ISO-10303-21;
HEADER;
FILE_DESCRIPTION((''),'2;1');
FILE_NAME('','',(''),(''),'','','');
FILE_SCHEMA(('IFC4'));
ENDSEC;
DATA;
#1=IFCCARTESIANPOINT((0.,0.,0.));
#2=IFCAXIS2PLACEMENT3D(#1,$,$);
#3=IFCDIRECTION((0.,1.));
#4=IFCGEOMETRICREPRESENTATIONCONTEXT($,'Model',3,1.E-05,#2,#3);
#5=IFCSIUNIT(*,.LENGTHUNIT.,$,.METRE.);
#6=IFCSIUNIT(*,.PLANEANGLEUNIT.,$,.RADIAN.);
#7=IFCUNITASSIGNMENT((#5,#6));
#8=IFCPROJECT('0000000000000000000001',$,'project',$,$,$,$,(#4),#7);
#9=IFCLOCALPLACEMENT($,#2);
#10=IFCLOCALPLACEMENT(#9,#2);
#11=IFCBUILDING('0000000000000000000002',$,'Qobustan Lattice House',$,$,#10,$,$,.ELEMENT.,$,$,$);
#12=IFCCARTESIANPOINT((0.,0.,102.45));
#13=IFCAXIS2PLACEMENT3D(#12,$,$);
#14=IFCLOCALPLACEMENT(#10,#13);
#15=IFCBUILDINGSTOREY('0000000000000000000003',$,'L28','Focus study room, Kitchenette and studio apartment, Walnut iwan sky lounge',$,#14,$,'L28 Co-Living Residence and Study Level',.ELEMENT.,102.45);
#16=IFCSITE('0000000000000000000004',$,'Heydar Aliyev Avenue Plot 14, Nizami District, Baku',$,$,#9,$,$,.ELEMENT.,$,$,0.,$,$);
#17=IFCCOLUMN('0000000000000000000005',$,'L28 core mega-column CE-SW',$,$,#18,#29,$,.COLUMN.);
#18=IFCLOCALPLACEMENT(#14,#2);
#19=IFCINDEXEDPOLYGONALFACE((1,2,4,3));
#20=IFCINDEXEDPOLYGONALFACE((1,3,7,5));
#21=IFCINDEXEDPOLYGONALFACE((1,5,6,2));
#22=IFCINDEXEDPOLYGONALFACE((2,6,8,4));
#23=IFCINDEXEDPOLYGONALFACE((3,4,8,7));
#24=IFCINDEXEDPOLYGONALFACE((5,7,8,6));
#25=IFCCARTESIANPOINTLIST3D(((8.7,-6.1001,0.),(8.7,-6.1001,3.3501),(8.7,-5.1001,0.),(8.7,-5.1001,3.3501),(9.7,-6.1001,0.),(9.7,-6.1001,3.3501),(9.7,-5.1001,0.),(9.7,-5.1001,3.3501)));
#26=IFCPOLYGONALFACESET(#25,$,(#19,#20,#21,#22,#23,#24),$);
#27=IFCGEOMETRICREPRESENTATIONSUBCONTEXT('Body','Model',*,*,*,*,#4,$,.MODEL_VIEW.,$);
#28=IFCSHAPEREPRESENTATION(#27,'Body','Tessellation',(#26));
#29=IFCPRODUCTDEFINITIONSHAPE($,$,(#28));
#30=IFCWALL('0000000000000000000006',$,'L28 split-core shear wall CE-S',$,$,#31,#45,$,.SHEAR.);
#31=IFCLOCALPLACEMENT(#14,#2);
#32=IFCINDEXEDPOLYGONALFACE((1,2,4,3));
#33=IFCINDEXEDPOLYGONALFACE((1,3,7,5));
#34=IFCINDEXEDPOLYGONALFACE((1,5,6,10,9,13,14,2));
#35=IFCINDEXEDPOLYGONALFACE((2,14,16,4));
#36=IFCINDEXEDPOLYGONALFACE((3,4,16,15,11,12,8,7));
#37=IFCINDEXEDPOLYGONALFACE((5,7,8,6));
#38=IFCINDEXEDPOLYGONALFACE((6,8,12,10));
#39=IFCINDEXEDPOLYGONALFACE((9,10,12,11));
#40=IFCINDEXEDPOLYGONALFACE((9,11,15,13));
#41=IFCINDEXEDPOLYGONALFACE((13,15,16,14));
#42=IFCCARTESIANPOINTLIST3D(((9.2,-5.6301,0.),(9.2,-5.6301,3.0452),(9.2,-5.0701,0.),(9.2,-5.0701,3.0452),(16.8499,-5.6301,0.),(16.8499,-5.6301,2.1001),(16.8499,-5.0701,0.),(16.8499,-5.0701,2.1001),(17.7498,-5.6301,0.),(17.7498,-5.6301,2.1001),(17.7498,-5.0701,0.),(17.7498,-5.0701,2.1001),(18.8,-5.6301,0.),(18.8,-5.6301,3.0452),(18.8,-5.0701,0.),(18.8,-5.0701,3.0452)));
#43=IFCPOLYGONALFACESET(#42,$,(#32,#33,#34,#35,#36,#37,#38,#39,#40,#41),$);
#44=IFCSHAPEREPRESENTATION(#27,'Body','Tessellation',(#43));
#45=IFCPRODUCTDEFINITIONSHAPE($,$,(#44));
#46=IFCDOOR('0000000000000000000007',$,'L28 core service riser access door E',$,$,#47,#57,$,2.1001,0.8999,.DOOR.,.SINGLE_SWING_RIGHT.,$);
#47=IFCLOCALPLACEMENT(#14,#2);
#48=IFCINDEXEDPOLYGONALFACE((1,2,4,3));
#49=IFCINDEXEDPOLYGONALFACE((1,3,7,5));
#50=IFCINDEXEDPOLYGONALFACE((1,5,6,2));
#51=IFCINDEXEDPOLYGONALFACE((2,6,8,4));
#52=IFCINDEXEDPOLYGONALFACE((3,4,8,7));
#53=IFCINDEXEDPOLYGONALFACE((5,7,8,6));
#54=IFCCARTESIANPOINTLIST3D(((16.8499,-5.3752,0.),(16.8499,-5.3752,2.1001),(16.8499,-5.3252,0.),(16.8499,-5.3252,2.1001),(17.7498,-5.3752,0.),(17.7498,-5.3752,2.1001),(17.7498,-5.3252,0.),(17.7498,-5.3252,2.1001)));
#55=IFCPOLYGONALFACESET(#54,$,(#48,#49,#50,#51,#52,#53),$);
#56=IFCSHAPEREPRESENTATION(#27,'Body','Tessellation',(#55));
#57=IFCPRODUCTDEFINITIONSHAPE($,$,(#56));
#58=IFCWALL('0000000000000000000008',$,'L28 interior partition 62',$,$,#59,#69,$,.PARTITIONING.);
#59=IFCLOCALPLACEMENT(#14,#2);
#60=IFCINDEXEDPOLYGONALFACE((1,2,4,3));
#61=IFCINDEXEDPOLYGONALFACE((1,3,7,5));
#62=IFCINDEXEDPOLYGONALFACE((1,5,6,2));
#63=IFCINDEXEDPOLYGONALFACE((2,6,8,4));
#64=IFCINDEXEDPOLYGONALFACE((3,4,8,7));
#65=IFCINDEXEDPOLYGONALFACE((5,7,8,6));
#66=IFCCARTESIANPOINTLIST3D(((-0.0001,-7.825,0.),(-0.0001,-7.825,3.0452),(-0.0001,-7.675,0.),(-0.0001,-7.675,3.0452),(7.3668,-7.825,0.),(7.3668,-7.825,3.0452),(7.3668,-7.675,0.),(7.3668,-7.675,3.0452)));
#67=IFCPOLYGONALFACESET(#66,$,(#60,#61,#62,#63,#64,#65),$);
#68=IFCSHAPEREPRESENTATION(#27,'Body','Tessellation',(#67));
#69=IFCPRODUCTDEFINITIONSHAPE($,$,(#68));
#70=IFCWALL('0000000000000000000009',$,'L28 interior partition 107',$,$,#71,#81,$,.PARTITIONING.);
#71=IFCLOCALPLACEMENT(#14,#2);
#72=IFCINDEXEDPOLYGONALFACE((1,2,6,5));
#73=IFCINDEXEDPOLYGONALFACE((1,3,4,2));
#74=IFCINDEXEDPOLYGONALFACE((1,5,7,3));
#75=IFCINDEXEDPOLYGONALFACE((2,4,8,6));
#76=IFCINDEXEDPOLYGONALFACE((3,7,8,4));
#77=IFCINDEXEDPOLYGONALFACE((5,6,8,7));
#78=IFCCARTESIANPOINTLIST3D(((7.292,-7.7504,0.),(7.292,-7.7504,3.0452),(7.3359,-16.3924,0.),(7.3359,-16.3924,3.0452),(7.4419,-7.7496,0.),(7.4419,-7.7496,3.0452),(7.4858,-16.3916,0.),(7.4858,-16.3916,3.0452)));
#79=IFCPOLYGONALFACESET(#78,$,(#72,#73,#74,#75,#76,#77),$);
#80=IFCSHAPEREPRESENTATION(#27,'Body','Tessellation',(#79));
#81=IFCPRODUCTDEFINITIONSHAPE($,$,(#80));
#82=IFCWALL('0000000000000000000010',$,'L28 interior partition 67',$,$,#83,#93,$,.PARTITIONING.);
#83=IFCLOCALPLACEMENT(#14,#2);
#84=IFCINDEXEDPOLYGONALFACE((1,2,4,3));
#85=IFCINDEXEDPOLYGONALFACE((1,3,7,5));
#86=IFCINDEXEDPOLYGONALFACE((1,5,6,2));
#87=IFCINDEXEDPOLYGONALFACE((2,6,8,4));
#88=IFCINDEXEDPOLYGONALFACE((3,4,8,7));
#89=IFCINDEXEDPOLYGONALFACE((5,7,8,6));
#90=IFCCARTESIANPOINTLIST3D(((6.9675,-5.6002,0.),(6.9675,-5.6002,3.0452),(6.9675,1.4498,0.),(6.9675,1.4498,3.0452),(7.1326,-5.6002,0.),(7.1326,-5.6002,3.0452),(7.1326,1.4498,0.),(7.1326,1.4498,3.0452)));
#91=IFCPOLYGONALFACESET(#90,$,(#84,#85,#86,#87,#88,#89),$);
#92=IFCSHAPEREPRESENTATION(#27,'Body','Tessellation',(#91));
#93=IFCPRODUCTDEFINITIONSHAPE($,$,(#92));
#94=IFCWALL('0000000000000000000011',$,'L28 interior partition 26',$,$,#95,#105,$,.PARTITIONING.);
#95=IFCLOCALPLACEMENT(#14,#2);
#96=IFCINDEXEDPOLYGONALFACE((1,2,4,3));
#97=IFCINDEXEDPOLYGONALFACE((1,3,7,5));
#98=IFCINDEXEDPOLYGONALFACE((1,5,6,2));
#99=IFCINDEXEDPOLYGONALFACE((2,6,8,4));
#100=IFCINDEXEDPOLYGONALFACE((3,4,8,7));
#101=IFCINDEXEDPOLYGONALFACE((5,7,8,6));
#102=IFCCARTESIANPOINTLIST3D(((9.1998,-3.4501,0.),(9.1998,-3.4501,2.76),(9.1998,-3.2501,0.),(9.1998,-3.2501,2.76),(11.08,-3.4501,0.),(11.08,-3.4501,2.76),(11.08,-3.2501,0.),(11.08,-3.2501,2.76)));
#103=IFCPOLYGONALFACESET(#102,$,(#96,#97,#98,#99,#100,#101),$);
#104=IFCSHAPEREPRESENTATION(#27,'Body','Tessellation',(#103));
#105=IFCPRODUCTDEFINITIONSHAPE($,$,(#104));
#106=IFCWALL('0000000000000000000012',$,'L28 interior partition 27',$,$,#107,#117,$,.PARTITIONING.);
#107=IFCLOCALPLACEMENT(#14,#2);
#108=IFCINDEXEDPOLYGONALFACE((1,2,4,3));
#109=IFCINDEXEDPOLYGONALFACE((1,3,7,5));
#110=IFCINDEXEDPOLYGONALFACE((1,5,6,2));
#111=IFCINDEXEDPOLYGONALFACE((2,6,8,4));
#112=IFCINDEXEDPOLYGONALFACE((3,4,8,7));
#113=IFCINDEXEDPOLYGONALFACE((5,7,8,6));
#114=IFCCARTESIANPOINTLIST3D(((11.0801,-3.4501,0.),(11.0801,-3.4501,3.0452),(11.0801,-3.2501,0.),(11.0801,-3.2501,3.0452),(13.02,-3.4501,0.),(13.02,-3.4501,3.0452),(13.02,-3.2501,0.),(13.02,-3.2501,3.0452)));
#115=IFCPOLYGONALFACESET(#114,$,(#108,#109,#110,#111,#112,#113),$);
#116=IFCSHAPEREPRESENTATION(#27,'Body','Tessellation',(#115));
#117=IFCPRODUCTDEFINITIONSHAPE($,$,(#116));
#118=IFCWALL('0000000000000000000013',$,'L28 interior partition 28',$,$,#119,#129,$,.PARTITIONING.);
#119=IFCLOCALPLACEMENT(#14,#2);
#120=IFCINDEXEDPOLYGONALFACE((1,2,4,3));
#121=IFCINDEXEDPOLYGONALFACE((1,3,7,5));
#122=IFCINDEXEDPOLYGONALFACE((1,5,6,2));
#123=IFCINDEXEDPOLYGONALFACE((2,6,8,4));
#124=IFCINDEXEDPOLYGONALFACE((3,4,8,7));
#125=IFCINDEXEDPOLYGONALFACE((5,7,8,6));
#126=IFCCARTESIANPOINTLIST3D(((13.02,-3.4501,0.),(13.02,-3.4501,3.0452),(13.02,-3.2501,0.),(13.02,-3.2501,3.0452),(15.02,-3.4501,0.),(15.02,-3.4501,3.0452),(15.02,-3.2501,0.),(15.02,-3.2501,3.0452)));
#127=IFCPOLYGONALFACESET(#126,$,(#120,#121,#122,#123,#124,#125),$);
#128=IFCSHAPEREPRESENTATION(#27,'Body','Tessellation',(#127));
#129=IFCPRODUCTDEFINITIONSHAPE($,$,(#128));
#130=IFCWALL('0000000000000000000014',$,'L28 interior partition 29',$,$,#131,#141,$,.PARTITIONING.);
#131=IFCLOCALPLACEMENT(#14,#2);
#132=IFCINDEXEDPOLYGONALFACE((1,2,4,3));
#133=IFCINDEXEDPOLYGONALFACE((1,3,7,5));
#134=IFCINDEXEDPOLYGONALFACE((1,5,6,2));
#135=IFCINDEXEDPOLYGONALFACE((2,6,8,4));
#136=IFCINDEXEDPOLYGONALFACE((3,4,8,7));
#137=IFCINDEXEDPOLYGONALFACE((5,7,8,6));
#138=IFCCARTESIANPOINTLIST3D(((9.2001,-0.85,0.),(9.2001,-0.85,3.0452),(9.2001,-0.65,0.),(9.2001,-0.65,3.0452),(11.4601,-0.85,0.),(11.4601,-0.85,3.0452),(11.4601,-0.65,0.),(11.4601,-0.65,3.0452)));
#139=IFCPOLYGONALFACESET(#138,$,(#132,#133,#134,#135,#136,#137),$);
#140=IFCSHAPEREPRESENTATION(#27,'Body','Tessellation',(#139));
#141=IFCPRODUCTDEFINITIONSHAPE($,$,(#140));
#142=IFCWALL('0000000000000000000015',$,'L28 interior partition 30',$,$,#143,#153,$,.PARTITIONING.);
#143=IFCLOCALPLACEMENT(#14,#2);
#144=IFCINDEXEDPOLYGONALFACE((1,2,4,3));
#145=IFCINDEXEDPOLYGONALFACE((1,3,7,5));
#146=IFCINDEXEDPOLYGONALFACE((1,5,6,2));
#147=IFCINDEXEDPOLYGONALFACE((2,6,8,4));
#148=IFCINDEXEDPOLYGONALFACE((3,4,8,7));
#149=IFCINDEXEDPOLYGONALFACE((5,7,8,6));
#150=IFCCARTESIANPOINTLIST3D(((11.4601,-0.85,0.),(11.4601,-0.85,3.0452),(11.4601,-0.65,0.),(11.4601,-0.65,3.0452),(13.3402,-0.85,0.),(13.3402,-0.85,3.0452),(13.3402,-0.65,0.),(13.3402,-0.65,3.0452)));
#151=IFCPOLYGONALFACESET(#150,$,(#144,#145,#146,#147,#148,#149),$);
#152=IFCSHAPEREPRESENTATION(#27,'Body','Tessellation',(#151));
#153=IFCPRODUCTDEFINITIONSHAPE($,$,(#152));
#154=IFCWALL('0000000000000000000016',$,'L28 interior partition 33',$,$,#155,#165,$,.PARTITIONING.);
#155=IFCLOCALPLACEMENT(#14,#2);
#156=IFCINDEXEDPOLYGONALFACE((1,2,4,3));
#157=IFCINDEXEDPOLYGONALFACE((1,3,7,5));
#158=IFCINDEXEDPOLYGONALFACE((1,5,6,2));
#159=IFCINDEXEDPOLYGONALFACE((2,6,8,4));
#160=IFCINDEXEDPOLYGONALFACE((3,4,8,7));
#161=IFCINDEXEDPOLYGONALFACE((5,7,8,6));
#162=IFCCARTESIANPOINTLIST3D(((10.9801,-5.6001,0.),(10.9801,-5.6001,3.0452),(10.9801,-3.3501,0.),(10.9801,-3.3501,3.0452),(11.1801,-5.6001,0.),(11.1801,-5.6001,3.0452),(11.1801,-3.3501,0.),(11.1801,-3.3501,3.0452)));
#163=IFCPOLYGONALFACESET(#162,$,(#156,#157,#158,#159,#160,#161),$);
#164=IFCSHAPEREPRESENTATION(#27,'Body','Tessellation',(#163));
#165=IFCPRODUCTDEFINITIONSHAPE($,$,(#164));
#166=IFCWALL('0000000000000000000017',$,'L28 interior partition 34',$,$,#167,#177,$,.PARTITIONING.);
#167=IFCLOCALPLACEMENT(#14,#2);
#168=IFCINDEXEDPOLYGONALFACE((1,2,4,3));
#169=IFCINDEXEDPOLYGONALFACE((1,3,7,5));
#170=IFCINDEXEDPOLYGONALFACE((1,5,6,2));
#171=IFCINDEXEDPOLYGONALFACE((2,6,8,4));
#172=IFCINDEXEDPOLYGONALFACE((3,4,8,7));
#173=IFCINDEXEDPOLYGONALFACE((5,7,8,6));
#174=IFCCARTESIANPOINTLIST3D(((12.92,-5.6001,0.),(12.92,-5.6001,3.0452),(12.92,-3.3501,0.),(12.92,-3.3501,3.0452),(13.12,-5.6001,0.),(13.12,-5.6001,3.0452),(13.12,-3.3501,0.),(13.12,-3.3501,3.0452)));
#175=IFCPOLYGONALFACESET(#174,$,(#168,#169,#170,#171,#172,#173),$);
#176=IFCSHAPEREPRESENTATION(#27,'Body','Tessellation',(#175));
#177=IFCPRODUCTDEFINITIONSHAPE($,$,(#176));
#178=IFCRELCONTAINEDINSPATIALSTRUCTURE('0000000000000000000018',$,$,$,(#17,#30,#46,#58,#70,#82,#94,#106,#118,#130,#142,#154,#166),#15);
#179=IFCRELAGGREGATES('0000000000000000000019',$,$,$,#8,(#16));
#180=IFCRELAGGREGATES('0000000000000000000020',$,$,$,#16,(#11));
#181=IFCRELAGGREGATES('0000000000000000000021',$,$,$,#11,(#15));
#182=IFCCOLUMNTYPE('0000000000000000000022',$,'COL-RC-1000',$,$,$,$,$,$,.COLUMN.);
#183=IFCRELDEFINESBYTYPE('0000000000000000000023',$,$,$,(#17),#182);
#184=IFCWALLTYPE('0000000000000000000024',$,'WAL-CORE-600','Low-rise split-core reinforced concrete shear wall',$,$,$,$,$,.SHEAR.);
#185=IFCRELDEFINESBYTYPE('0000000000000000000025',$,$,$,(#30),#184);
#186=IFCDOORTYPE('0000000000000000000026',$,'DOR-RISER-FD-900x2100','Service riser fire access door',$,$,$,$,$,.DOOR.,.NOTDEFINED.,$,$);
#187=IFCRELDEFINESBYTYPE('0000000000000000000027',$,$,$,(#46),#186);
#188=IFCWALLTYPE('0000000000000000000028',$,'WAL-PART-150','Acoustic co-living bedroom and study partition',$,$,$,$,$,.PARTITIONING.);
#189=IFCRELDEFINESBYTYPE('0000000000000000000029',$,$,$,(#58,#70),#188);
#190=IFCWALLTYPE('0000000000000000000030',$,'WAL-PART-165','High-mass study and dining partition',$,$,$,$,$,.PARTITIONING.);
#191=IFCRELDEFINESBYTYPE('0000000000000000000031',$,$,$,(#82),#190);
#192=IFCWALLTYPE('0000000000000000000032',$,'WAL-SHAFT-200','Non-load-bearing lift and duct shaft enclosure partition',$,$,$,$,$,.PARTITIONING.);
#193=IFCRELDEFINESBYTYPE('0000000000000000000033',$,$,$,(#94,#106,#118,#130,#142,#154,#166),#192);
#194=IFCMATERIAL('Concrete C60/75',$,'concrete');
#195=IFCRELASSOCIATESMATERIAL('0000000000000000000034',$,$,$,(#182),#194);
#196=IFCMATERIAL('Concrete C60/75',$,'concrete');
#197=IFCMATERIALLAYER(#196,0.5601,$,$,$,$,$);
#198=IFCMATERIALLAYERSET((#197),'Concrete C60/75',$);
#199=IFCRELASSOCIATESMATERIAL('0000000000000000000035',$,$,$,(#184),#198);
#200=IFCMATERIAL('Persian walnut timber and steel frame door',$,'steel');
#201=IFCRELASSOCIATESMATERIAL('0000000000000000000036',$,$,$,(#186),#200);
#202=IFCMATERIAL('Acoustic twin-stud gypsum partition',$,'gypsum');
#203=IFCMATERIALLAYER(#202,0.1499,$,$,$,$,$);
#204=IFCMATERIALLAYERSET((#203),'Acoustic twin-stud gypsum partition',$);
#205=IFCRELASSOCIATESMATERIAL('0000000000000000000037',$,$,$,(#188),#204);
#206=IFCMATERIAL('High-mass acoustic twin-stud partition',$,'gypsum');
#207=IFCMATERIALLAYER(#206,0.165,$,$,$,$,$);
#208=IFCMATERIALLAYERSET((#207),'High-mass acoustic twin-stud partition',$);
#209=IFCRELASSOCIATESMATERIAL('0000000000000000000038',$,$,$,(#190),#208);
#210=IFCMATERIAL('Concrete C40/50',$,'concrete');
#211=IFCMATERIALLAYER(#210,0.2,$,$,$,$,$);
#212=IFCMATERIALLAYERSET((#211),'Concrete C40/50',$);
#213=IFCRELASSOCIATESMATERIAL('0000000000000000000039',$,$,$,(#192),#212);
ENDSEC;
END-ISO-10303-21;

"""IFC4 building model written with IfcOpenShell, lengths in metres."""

from ifc_helpers import new_model, si_unit, direction, frame, frame_2d, origin, origin_2d, place, context, subcontext, project, spatial, rectangle, extrude, material, layer, layer_set, material_profile, profile_set, type_object, element, fill, save


model = new_model("IFC4")

# Units and contexts
model_context = context("Model", 3, precision=1e-05, world=origin(), true_north=direction((0.0, 1.0)))
body_context = subcontext(model_context, "Body", "Model", "MODEL_VIEW")
ifc_project = project(units=[si_unit("LENGTHUNIT", "METRE"), si_unit("PLANEANGLEUNIT", "RADIAN")], contexts=[model_context])

# Site, building, storey
site_placement = place(None, origin())
site = spatial("IfcSite", under=ifc_project, at=site_placement, Name="Heydar Aliyev Avenue Plot 14, Nizami District, Baku", CompositionType="ELEMENT", RefElevation=0.0)
building_placement = place(site_placement, origin())
building = spatial("IfcBuilding", under=site, at=building_placement, Name="Qobustan Lattice House", CompositionType="ELEMENT")
storey_placement = place(building_placement, frame((0.0, 0.0, 102.45)))
storey = spatial("IfcBuildingStorey", under=building, at=storey_placement, Name="L28", Description="Focus study room, Kitchenette and studio apartment, Walnut iwan sky lounge", LongName="L28 Co-Living Residence and Study Level", CompositionType="ELEMENT", Elevation=102.45)

# Column
ifc_material_1 = material(Name="Concrete C60/75", Category="concrete")
ifc_material_profile = material_profile(ifc_material_1, rectangle(XDim=1.0, YDim=1.0, at=origin_2d()), Name="RC1000x1000")
ifc_profile_set = profile_set([ifc_material_profile], Name="Concrete C60/75")
column_type = type_object("IfcColumnType", Name="COL-RC-1000", PredefinedType="COLUMN", material=ifc_profile_set)
column_placement = place(storey_placement, frame((9.2, -5.6001, 0.0), z_axis=(0.0, 0.0, 1.0), x_axis=(1.0, 0.0, 0.0)))
element("IfcColumn", 1, at=column_placement, inside=storey, type_object=column_type, Name="L28 core mega-column CE-SW", PredefinedType="COLUMN", context=body_context, shape_type="SweptSolid", body=[
    extrude(rectangle(XDim=1.0, YDim=1.0, at=origin_2d()), origin(), (0.0, 0.0, 1.0), 3.3501),
])

# Wall, opening, door
ifc_material_2 = material(Name="Concrete C60/75", Category="concrete")
ifc_layer_1 = layer(ifc_material_2, 0.5601)
ifc_layer_set_1 = layer_set([ifc_layer_1], Name="Concrete C60/75")
wall_type_1 = type_object("IfcWallType", Name="WAL-CORE-600", Description="Low-rise split-core reinforced concrete shear wall", PredefinedType="SHEAR", material=ifc_layer_set_1)
wall_1_placement = place(storey_placement, frame((9.2, -5.3501, 0.0), z_axis=(0.0, 0.0, 1.0), x_axis=(1.0, 0.0, 0.0)))
wall_1 = element("IfcWall", 2, at=wall_1_placement, inside=storey, type_object=wall_type_1, Name="L28 split-core shear wall CE-S", PredefinedType="SHEAR", context=body_context, shape_type="SweptSolid", body=[
    extrude(rectangle(XDim=9.6001, YDim=0.5601, at=frame_2d((4.8, 0.0))), origin(), (0.0, 0.0, 1.0), 3.0452),
])
opening_1_placement = place(wall_1_placement, frame((7.6499, 0.0, 0.0)))
opening_1 = element("IfcOpeningElement", 3, at=opening_1_placement, cuts=wall_1, PredefinedType="OPENING", context=body_context, shape_type="SweptSolid", body=[
    extrude(rectangle(XDim=0.8999, YDim=2.1001, at=frame_2d((0.45, 1.05))), frame((0.0, 0.29, 0.0), z_axis=(0.0, -1.0, 0.0), x_axis=(1.0, 0.0, 0.0)), (0.0, 0.0, 1.0), 0.5801),
])
ifc_material_3 = material(Name="Persian walnut timber and steel frame door", Category="steel")
door_type_1 = type_object("IfcDoorType", Name="DOR-RISER-FD-900x2100", Description="Service riser fire access door", OperationType="NOTDEFINED", PredefinedType="DOOR", material=ifc_material_3)
door_1_placement = place(opening_1_placement, origin())
door_1 = element("IfcDoor", 4, at=door_1_placement, inside=storey, type_object=door_type_1, Name="L28 core service riser access door E", OperationType="SINGLE_SWING_RIGHT", OverallHeight=2.1001, OverallWidth=0.8999, PredefinedType="DOOR", context=body_context, shape_type="SweptSolid", body=[
    extrude(rectangle(XDim=0.8999, YDim=2.1001, at=frame_2d((0.45, 1.05))), frame((0.0, 0.0249, 0.0), z_axis=(0.0, -1.0, 0.0), x_axis=(1.0, 0.0, 0.0)), (0.0, 0.0, 1.0), 0.05),
])
fill(opening_1, door_1)

# Walls
ifc_material_4 = material(Name="Acoustic twin-stud gypsum partition", Category="gypsum")
ifc_layer_2 = layer(ifc_material_4, 0.1499)
ifc_layer_set_2 = layer_set([ifc_layer_2], Name="Acoustic twin-stud gypsum partition")
wall_type_2 = type_object("IfcWallType", Name="WAL-PART-150", Description="Acoustic co-living bedroom and study partition", PredefinedType="PARTITIONING", material=ifc_layer_set_2)
wall_2_placement = place(storey_placement, frame((7.3669, -7.75, 0.0), z_axis=(0.0, 0.0, 1.0), x_axis=(-1.0, 0.0, 0.0)))
element("IfcWall", 5, at=wall_2_placement, inside=storey, type_object=wall_type_2, Name="L28 interior partition 62", PredefinedType="PARTITIONING", context=body_context, shape_type="SweptSolid", body=[
    extrude(rectangle(XDim=7.3669, YDim=0.1499, at=frame_2d((3.6836, 0.0))), origin(), (0.0, 0.0, 1.0), 3.0452),
])
wall_3_placement = place(storey_placement, frame((7.3669, -7.75, 0.0), z_axis=(0.0, 0.0, 1.0), x_axis=(0.005085, -0.999987, 0.0)))
element("IfcWall", 6, at=wall_3_placement, inside=storey, type_object=wall_type_2, Name="L28 interior partition 107", PredefinedType="PARTITIONING", context=body_context, shape_type="SweptSolid", body=[
    extrude(rectangle(XDim=8.6421, YDim=0.1499, at=frame_2d((4.321, 0.0))), origin(), (0.0, 0.0, 1.0), 3.0452),
])
ifc_material_5 = material(Name="High-mass acoustic twin-stud partition", Category="gypsum")
ifc_layer_3 = layer(ifc_material_5, 0.165)
ifc_layer_set_3 = layer_set([ifc_layer_3], Name="High-mass acoustic twin-stud partition")
wall_type_3 = type_object("IfcWallType", Name="WAL-PART-165", Description="High-mass study and dining partition", PredefinedType="PARTITIONING", material=ifc_layer_set_3)
wall_4_placement = place(storey_placement, frame((7.05, -5.6001, 0.0), z_axis=(0.0, 0.0, 1.0), x_axis=(0.0, 1.0, 0.0)))
element("IfcWall", 7, at=wall_4_placement, inside=storey, type_object=wall_type_3, Name="L28 interior partition 67", PredefinedType="PARTITIONING", context=body_context, shape_type="SweptSolid", body=[
    extrude(rectangle(XDim=7.05, YDim=0.165, at=frame_2d((3.5249, 0.0))), origin(), (0.0, 0.0, 1.0), 3.0452),
])
ifc_material_6 = material(Name="Concrete C40/50", Category="concrete")
ifc_layer_4 = layer(ifc_material_6, 0.2)
ifc_layer_set_4 = layer_set([ifc_layer_4], Name="Concrete C40/50")
wall_type_4 = type_object("IfcWallType", Name="WAL-SHAFT-200", Description="Non-load-bearing lift and duct shaft enclosure partition", PredefinedType="PARTITIONING", material=ifc_layer_set_4)
wall_5_placement = place(storey_placement, frame((9.2, -3.3501, 0.0), z_axis=(0.0, 0.0, 1.0), x_axis=(1.0, 0.0, 0.0)))
element("IfcWall", 8, at=wall_5_placement, inside=storey, type_object=wall_type_4, Name="L28 interior partition 26", PredefinedType="PARTITIONING", context=body_context, shape_type="SweptSolid", body=[
    extrude(rectangle(XDim=1.8801, YDim=0.2, at=frame_2d((0.9399, 0.0))), origin(), (0.0, 0.0, 1.0), 2.76),
])
wall_6_placement = place(storey_placement, frame((11.0801, -3.3501, 0.0), z_axis=(0.0, 0.0, 1.0), x_axis=(1.0, 0.0, 0.0)))
element("IfcWall", 9, at=wall_6_placement, inside=storey, type_object=wall_type_4, Name="L28 interior partition 27", PredefinedType="PARTITIONING", context=body_context, shape_type="SweptSolid", body=[
    extrude(rectangle(XDim=1.9399, YDim=0.2, at=frame_2d((0.97, 0.0))), origin(), (0.0, 0.0, 1.0), 3.0452),
])
wall_7_placement = place(storey_placement, frame((13.02, -3.3501, 0.0), z_axis=(0.0, 0.0, 1.0), x_axis=(1.0, 0.0, 0.0)))
element("IfcWall", 10, at=wall_7_placement, inside=storey, type_object=wall_type_4, Name="L28 interior partition 28", PredefinedType="PARTITIONING", context=body_context, shape_type="SweptSolid", body=[
    extrude(rectangle(XDim=2.0, YDim=0.2, at=frame_2d((1.0, 0.0))), origin(), (0.0, 0.0, 1.0), 3.0452),
])
wall_8_placement = place(storey_placement, frame((11.46, -0.75, 0.0), z_axis=(0.0, 0.0, 1.0), x_axis=(-1.0, 0.0, 0.0)))
element("IfcWall", 11, at=wall_8_placement, inside=storey, type_object=wall_type_4, Name="L28 interior partition 29", PredefinedType="PARTITIONING", context=body_context, shape_type="SweptSolid", body=[
    extrude(rectangle(XDim=2.26, YDim=0.2, at=frame_2d((1.1299, 0.0))), origin(), (0.0, 0.0, 1.0), 3.0452),
])
wall_9_placement = place(storey_placement, frame((13.3401, -0.75, 0.0), z_axis=(0.0, 0.0, 1.0), x_axis=(-1.0, 0.0, 0.0)))
element("IfcWall", 12, at=wall_9_placement, inside=storey, type_object=wall_type_4, Name="L28 interior partition 30", PredefinedType="PARTITIONING", context=body_context, shape_type="SweptSolid", body=[
    extrude(rectangle(XDim=1.8801, YDim=0.2, at=frame_2d((0.9399, 0.0))), origin(), (0.0, 0.0, 1.0), 3.0452),
])
for number, where, z_axis, x_axis, name in (
    (13, (11.0801, -5.6001, 0.0), (0.0, 0.0, 1.0), (0.0, 1.0, 0.0), "L28 interior partition 33"),
    (14, (13.02, -5.6001, 0.0), (0.0, 0.0, 1.0), (0.0, 1.0, 0.0), "L28 interior partition 34"),
):
    element("IfcWall", number, at=place(storey_placement, frame(where, z_axis=z_axis, x_axis=x_axis)), inside=storey, type_object=wall_type_4, Name=name, PredefinedType="PARTITIONING", context=body_context, shape_type="SweptSolid", body=[
        extrude(rectangle(XDim=2.25, YDim=0.2, at=frame_2d((1.125, 0.0))), origin(), (0.0, 0.0, 1.0), 3.0452),
    ])

save(model, "model.ifc")
